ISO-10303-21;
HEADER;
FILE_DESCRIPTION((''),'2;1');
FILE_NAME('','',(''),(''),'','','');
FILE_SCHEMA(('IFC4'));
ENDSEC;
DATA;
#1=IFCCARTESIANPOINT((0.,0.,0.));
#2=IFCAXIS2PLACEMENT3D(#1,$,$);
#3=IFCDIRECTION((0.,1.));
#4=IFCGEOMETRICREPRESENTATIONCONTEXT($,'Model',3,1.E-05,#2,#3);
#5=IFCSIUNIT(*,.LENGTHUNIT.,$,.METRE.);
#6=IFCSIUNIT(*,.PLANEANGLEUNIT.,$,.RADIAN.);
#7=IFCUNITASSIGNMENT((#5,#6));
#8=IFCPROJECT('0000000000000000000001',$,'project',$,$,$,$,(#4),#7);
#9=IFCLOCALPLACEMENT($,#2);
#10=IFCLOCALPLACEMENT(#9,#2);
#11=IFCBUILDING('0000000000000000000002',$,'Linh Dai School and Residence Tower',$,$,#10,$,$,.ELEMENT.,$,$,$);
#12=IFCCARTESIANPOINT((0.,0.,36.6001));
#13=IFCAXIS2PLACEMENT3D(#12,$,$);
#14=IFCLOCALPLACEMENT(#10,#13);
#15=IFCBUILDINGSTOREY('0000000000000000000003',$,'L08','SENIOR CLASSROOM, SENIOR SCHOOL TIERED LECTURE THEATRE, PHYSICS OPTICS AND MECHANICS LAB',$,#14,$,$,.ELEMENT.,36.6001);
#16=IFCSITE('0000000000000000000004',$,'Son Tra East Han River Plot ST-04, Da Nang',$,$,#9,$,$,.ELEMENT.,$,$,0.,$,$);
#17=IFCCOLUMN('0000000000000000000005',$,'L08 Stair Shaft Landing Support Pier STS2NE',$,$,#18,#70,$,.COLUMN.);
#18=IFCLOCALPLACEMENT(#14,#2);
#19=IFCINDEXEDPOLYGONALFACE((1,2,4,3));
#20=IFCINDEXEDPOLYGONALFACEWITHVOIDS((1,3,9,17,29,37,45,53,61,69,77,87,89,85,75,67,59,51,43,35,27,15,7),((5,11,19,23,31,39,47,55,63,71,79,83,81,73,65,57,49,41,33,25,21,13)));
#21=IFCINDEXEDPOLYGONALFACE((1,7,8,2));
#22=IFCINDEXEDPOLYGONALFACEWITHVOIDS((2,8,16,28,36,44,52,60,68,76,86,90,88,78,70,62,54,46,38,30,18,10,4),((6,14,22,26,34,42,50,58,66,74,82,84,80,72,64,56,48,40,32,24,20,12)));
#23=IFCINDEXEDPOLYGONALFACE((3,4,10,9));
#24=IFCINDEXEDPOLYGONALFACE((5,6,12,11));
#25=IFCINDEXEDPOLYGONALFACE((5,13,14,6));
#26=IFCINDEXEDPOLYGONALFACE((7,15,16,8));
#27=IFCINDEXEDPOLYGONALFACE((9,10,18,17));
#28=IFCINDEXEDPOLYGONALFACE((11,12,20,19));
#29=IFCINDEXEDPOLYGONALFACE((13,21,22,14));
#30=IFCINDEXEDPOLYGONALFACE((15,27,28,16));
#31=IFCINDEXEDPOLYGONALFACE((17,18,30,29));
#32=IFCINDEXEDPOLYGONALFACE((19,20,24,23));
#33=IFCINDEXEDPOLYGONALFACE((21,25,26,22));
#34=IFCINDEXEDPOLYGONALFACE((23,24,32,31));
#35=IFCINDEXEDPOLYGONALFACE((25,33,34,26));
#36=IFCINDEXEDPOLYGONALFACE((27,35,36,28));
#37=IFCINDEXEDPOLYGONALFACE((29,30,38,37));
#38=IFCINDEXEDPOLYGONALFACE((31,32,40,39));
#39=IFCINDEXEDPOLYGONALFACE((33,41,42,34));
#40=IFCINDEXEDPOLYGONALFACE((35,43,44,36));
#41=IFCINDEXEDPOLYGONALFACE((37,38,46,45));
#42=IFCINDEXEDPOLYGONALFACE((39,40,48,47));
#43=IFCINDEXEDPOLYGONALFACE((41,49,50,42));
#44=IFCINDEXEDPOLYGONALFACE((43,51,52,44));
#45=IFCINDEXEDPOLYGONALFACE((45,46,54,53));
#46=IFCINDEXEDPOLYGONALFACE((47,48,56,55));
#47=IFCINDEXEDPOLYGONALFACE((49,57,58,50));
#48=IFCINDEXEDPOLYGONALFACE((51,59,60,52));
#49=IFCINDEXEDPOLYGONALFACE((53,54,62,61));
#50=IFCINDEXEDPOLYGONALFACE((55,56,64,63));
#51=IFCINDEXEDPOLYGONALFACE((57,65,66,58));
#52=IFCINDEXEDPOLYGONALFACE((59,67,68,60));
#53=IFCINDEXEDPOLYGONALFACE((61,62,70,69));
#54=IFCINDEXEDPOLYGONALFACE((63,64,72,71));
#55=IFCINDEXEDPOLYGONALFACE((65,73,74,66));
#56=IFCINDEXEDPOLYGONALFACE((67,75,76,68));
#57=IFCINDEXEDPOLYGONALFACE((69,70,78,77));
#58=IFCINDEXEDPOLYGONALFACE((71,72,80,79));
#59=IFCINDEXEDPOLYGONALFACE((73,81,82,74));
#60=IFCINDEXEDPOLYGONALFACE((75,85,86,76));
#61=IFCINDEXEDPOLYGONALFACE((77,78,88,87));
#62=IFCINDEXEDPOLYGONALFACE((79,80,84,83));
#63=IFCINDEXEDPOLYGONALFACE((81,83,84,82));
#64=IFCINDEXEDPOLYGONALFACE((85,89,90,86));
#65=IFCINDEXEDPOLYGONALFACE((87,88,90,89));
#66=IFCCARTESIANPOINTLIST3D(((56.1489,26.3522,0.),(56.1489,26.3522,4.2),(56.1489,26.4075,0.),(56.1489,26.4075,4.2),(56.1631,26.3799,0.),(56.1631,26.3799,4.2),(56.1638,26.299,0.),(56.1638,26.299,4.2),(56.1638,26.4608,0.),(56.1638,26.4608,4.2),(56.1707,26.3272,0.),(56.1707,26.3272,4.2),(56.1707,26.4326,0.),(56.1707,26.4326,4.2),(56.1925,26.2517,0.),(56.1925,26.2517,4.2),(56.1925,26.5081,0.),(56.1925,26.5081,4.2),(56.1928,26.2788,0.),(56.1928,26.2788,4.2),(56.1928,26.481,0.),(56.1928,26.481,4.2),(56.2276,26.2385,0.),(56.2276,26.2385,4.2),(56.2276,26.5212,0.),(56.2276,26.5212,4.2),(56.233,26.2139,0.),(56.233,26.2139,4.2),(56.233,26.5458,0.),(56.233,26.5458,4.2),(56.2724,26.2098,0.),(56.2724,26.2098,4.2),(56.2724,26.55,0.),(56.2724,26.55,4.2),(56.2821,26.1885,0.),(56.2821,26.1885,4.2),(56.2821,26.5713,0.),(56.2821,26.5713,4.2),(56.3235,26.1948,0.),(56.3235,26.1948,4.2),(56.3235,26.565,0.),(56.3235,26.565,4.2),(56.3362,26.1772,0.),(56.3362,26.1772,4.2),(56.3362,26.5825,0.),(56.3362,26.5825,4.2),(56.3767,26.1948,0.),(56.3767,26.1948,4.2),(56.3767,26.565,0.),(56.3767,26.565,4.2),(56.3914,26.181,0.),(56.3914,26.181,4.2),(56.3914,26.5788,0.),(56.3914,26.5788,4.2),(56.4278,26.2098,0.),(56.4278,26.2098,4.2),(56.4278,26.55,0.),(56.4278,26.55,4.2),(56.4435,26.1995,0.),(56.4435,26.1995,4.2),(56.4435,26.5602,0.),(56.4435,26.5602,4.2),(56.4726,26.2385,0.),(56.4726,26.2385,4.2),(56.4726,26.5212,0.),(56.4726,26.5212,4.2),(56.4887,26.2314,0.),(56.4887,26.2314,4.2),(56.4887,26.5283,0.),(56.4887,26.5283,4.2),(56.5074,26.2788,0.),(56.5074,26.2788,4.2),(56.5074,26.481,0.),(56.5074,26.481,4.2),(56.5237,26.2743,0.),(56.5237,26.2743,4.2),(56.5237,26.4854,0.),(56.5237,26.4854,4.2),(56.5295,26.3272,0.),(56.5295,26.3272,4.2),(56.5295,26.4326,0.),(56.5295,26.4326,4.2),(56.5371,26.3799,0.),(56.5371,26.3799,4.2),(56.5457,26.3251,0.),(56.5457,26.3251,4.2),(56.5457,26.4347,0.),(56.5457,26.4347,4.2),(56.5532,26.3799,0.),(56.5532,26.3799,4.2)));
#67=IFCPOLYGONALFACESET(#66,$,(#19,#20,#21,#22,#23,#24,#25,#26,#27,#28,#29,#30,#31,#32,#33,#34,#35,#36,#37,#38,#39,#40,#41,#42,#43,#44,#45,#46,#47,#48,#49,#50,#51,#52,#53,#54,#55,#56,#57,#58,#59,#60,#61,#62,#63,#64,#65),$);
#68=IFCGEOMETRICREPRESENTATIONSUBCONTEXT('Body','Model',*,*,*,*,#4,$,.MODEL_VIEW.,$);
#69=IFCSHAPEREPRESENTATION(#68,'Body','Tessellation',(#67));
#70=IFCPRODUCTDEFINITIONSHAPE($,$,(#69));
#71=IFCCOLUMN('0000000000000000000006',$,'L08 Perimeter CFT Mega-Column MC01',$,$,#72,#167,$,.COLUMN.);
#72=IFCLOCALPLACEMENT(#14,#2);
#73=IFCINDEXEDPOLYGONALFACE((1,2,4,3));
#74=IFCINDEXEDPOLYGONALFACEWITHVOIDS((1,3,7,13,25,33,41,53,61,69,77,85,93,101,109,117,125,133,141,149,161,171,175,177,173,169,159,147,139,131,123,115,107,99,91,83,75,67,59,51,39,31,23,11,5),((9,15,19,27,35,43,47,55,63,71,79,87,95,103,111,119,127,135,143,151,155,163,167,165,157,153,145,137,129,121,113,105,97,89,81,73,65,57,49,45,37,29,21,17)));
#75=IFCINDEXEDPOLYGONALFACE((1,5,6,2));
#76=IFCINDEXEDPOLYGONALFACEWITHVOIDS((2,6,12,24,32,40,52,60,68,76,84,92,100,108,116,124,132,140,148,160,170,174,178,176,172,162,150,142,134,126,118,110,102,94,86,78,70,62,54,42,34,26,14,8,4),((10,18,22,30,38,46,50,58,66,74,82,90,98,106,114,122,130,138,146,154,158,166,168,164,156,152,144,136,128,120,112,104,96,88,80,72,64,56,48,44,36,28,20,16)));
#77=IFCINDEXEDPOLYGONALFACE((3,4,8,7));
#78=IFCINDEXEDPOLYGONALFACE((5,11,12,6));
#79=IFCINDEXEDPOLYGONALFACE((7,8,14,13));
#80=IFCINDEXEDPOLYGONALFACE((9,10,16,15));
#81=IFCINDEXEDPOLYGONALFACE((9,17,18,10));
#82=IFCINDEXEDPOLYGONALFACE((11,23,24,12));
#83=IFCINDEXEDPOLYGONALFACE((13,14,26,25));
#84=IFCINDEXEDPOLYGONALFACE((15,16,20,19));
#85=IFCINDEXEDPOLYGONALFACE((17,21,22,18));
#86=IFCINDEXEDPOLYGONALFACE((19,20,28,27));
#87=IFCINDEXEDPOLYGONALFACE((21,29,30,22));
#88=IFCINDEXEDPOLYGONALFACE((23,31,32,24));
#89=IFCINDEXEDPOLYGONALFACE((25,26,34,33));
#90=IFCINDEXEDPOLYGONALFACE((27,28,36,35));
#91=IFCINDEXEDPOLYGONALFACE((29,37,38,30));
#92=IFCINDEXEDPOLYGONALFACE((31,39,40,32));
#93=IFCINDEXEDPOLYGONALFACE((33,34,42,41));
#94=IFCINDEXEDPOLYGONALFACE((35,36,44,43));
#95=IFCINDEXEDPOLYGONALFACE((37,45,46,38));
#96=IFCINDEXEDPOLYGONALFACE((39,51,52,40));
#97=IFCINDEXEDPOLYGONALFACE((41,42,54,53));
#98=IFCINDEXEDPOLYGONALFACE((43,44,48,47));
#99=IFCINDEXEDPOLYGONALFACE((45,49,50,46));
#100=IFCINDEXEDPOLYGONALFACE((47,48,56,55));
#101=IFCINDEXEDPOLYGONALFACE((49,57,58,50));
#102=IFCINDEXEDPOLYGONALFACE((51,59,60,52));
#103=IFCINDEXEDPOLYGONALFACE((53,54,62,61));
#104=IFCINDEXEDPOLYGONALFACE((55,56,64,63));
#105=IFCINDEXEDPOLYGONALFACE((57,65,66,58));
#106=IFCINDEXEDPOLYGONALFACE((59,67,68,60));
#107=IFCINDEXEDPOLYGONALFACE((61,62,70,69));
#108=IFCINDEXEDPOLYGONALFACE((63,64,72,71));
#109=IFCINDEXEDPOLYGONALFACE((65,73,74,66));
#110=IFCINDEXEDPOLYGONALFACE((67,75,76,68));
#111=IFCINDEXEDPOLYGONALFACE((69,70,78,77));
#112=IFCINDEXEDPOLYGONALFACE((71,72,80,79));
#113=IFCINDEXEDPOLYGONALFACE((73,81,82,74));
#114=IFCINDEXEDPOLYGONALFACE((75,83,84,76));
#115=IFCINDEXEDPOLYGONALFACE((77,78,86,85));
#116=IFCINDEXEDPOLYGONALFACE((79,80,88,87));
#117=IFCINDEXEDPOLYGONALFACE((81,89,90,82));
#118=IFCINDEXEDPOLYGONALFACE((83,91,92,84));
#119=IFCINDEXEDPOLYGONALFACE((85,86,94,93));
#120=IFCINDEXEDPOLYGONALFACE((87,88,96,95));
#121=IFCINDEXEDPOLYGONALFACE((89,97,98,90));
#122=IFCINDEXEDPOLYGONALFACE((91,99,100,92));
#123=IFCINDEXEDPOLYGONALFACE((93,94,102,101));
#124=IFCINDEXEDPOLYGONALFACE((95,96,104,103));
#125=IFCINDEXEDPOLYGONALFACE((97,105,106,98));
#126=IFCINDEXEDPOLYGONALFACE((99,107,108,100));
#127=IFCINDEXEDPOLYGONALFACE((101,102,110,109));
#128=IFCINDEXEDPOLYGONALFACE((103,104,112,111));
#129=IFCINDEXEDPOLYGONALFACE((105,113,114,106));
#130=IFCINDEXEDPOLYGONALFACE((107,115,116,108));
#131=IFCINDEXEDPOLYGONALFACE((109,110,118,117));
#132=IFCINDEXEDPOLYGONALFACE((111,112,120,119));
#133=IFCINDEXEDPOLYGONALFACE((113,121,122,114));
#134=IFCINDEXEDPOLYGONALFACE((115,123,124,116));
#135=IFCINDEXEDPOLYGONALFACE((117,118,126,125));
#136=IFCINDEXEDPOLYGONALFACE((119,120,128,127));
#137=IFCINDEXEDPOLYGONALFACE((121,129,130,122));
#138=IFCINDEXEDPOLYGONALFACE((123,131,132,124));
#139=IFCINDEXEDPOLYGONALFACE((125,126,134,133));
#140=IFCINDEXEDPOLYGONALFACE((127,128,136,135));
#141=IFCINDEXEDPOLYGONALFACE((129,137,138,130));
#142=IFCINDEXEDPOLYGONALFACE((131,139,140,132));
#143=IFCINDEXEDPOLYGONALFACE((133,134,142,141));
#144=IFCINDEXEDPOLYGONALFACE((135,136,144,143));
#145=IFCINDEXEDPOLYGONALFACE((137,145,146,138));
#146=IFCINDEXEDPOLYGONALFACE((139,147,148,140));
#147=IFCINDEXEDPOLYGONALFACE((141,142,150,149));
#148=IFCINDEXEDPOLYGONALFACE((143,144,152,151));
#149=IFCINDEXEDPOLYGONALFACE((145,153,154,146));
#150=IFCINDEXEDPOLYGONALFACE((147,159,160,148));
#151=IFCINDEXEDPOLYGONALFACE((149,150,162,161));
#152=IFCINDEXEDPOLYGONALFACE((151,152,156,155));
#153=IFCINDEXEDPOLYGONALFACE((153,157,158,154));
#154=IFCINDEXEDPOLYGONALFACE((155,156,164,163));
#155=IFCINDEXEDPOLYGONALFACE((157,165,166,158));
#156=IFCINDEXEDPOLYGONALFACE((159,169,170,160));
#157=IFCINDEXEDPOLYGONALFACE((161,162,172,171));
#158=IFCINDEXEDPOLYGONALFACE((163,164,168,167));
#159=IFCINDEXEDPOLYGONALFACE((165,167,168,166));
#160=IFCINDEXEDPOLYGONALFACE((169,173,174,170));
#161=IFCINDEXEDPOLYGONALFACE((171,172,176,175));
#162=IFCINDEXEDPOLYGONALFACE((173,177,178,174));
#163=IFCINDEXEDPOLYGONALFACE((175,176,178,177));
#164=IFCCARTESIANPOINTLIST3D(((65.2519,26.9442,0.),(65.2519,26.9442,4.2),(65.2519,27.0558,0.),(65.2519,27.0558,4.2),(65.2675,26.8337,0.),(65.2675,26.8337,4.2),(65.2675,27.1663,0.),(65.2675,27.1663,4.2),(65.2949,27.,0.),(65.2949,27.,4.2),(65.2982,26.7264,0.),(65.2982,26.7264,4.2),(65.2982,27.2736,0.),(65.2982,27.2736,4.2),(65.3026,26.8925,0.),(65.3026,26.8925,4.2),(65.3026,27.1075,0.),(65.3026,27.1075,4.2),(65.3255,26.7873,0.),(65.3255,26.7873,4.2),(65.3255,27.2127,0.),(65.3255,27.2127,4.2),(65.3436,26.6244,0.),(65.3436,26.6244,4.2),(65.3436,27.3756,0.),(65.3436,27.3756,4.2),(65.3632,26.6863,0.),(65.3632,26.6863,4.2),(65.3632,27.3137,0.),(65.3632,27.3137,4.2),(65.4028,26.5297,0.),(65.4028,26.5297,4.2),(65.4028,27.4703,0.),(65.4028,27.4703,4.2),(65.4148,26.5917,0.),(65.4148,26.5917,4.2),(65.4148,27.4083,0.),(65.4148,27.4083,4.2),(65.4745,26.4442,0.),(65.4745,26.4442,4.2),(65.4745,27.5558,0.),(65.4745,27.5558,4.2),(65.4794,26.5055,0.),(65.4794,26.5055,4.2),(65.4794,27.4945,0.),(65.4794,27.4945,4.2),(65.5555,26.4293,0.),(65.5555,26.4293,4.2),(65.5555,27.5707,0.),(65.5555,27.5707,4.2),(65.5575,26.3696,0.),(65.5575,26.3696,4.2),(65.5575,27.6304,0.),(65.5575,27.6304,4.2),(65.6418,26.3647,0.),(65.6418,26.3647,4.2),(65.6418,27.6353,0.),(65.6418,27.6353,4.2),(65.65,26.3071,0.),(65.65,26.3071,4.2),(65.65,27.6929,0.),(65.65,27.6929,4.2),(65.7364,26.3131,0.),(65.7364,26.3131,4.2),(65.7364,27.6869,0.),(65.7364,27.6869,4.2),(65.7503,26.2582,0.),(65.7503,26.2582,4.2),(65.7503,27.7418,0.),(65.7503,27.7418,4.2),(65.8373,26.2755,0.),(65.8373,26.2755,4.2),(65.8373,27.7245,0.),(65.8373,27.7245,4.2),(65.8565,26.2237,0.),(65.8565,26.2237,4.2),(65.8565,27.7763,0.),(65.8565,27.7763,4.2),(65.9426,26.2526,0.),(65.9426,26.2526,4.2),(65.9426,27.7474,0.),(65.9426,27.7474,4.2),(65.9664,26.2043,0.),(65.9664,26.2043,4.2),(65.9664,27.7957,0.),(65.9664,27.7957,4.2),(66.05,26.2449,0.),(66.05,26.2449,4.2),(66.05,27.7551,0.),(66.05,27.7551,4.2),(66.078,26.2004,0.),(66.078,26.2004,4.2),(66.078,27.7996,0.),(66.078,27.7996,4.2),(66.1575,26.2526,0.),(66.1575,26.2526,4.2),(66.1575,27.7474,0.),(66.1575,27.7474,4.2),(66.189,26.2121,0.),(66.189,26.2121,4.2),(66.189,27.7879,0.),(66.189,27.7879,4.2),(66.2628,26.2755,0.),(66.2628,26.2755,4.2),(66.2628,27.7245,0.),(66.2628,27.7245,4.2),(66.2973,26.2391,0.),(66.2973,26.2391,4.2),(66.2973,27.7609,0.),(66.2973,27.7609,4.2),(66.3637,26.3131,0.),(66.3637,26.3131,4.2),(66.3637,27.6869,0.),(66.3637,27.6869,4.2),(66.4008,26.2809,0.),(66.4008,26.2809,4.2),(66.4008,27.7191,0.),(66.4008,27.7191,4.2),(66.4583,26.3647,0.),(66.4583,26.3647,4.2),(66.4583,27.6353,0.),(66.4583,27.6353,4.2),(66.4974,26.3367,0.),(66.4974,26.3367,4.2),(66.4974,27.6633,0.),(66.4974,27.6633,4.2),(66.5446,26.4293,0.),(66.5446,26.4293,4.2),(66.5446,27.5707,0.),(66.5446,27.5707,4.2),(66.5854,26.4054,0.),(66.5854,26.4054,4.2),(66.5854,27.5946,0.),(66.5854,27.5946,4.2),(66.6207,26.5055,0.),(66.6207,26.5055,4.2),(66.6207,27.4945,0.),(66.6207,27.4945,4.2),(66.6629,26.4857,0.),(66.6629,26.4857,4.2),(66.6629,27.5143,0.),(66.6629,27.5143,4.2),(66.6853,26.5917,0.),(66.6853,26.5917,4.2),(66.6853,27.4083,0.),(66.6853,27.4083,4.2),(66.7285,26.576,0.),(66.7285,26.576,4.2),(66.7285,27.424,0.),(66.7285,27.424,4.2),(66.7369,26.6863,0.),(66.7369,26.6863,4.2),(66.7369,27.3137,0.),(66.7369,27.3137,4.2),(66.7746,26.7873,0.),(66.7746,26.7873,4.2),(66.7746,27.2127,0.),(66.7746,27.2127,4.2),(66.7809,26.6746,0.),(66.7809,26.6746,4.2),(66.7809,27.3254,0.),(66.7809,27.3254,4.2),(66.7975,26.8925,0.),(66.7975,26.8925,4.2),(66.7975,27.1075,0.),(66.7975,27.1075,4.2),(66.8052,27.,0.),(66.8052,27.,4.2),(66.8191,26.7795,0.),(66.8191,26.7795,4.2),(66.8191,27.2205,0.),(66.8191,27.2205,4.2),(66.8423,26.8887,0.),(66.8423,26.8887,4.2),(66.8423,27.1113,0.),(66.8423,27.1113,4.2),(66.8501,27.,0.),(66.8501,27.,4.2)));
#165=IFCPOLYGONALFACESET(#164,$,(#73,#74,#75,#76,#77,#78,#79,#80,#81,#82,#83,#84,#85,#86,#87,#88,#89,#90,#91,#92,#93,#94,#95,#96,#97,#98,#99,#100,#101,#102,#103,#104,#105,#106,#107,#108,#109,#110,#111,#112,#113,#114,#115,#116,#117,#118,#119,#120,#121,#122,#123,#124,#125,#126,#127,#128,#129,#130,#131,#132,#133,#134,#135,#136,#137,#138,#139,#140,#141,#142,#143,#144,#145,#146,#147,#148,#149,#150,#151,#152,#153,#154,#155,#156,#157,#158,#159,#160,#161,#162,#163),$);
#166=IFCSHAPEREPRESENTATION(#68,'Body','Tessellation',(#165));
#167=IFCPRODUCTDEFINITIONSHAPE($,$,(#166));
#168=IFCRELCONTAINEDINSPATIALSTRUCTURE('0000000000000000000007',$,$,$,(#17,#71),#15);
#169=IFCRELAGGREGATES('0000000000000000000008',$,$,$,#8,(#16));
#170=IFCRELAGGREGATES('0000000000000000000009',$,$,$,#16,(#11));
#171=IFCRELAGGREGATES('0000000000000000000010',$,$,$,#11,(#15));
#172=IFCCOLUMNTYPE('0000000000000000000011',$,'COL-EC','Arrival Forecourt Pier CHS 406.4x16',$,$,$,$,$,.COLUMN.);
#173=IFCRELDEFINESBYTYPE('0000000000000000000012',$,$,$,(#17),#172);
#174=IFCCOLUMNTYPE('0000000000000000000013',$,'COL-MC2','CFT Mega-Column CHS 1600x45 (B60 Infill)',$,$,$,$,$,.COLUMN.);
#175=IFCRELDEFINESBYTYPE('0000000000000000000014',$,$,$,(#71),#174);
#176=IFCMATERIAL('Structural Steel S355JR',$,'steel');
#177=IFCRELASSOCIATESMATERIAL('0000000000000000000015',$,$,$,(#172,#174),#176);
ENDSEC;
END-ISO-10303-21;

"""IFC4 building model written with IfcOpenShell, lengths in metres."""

from ifc_helpers import new_model, si_unit, direction, frame, origin, origin_2d, place, context, subcontext, project, spatial, hollow_circle, extrude, material, material_profile, profile_set, type_object, element, save


model = new_model("IFC4")

# Units and contexts
model_context = context("Model", 3, precision=1e-05, world=origin(), true_north=direction((0.0, 1.0)))
body_context = subcontext(model_context, "Body", "Model", "MODEL_VIEW")
ifc_project = project(units=[si_unit("LENGTHUNIT", "METRE"), si_unit("PLANEANGLEUNIT", "RADIAN")], contexts=[model_context])

# Site, building, storey
site_placement = place(None, origin())
site = spatial("IfcSite", under=ifc_project, at=site_placement, Name="Son Tra East Han River Plot ST-04, Da Nang", CompositionType="ELEMENT", RefElevation=0.0)
building_placement = place(site_placement, origin())
building = spatial("IfcBuilding", under=site, at=building_placement, Name="Linh Dai School and Residence Tower", CompositionType="ELEMENT")
storey_placement = place(building_placement, frame((0.0, 0.0, 36.6001)))
storey = spatial("IfcBuildingStorey", under=building, at=storey_placement, Name="L08", Description="SENIOR CLASSROOM, SENIOR SCHOOL TIERED LECTURE THEATRE, PHYSICS OPTICS AND MECHANICS LAB", CompositionType="ELEMENT", Elevation=36.6001)

# Columns
ifc_material_1 = material(Name="Structural Steel S355JR", Category="steel")
ifc_material_profile_1 = material_profile(ifc_material_1, hollow_circle(Radius=0.2031, WallThickness=0.0161, at=origin_2d()), Name="CHS 406.4x16")
ifc_profile_set_1 = profile_set([ifc_material_profile_1], Name="Structural Steel S355JR")
column_type_1 = type_object("IfcColumnType", Name="COL-EC", Description="Arrival Forecourt Pier CHS 406.4x16", PredefinedType="COLUMN", material=ifc_profile_set_1)
column_1_placement = place(storey_placement, frame((56.3501, 26.3799, 0.0), z_axis=(0.0, 0.0, 1.0), x_axis=(1.0, 0.0, 0.0)))
element("IfcColumn", 1, at=column_1_placement, inside=storey, type_object=column_type_1, Name="L08 Stair Shaft Landing Support Pier STS2NE", PredefinedType="COLUMN", context=body_context, shape_type="SweptSolid", body=[
    extrude(hollow_circle(Radius=0.2031, WallThickness=0.0161, at=origin_2d()), origin(), (0.0, 0.0, 1.0), 4.2),
])
ifc_material_profile_2 = material_profile(ifc_material_1, hollow_circle(Radius=0.8, WallThickness=0.0449, at=origin_2d()), Name="CHS 1600x45")
ifc_profile_set_2 = profile_set([ifc_material_profile_2], Name="Structural Steel S355JR")
column_type_2 = type_object("IfcColumnType", Name="COL-MC2", Description="CFT Mega-Column CHS 1600x45 (B60 Infill)", PredefinedType="COLUMN", material=ifc_profile_set_2)
column_2_placement = place(storey_placement, frame((66.05, 27.0, 0.0), z_axis=(0.0, 0.0, 1.0), x_axis=(1.0, 0.0, 0.0)))
element("IfcColumn", 2, at=column_2_placement, inside=storey, type_object=column_type_2, Name="L08 Perimeter CFT Mega-Column MC01", PredefinedType="COLUMN", context=body_context, shape_type="SweptSolid", body=[
    extrude(hollow_circle(Radius=0.8, WallThickness=0.0449, at=origin_2d()), origin(), (0.0, 0.0, 1.0), 4.2),
])

save(model, "model.ifc")
